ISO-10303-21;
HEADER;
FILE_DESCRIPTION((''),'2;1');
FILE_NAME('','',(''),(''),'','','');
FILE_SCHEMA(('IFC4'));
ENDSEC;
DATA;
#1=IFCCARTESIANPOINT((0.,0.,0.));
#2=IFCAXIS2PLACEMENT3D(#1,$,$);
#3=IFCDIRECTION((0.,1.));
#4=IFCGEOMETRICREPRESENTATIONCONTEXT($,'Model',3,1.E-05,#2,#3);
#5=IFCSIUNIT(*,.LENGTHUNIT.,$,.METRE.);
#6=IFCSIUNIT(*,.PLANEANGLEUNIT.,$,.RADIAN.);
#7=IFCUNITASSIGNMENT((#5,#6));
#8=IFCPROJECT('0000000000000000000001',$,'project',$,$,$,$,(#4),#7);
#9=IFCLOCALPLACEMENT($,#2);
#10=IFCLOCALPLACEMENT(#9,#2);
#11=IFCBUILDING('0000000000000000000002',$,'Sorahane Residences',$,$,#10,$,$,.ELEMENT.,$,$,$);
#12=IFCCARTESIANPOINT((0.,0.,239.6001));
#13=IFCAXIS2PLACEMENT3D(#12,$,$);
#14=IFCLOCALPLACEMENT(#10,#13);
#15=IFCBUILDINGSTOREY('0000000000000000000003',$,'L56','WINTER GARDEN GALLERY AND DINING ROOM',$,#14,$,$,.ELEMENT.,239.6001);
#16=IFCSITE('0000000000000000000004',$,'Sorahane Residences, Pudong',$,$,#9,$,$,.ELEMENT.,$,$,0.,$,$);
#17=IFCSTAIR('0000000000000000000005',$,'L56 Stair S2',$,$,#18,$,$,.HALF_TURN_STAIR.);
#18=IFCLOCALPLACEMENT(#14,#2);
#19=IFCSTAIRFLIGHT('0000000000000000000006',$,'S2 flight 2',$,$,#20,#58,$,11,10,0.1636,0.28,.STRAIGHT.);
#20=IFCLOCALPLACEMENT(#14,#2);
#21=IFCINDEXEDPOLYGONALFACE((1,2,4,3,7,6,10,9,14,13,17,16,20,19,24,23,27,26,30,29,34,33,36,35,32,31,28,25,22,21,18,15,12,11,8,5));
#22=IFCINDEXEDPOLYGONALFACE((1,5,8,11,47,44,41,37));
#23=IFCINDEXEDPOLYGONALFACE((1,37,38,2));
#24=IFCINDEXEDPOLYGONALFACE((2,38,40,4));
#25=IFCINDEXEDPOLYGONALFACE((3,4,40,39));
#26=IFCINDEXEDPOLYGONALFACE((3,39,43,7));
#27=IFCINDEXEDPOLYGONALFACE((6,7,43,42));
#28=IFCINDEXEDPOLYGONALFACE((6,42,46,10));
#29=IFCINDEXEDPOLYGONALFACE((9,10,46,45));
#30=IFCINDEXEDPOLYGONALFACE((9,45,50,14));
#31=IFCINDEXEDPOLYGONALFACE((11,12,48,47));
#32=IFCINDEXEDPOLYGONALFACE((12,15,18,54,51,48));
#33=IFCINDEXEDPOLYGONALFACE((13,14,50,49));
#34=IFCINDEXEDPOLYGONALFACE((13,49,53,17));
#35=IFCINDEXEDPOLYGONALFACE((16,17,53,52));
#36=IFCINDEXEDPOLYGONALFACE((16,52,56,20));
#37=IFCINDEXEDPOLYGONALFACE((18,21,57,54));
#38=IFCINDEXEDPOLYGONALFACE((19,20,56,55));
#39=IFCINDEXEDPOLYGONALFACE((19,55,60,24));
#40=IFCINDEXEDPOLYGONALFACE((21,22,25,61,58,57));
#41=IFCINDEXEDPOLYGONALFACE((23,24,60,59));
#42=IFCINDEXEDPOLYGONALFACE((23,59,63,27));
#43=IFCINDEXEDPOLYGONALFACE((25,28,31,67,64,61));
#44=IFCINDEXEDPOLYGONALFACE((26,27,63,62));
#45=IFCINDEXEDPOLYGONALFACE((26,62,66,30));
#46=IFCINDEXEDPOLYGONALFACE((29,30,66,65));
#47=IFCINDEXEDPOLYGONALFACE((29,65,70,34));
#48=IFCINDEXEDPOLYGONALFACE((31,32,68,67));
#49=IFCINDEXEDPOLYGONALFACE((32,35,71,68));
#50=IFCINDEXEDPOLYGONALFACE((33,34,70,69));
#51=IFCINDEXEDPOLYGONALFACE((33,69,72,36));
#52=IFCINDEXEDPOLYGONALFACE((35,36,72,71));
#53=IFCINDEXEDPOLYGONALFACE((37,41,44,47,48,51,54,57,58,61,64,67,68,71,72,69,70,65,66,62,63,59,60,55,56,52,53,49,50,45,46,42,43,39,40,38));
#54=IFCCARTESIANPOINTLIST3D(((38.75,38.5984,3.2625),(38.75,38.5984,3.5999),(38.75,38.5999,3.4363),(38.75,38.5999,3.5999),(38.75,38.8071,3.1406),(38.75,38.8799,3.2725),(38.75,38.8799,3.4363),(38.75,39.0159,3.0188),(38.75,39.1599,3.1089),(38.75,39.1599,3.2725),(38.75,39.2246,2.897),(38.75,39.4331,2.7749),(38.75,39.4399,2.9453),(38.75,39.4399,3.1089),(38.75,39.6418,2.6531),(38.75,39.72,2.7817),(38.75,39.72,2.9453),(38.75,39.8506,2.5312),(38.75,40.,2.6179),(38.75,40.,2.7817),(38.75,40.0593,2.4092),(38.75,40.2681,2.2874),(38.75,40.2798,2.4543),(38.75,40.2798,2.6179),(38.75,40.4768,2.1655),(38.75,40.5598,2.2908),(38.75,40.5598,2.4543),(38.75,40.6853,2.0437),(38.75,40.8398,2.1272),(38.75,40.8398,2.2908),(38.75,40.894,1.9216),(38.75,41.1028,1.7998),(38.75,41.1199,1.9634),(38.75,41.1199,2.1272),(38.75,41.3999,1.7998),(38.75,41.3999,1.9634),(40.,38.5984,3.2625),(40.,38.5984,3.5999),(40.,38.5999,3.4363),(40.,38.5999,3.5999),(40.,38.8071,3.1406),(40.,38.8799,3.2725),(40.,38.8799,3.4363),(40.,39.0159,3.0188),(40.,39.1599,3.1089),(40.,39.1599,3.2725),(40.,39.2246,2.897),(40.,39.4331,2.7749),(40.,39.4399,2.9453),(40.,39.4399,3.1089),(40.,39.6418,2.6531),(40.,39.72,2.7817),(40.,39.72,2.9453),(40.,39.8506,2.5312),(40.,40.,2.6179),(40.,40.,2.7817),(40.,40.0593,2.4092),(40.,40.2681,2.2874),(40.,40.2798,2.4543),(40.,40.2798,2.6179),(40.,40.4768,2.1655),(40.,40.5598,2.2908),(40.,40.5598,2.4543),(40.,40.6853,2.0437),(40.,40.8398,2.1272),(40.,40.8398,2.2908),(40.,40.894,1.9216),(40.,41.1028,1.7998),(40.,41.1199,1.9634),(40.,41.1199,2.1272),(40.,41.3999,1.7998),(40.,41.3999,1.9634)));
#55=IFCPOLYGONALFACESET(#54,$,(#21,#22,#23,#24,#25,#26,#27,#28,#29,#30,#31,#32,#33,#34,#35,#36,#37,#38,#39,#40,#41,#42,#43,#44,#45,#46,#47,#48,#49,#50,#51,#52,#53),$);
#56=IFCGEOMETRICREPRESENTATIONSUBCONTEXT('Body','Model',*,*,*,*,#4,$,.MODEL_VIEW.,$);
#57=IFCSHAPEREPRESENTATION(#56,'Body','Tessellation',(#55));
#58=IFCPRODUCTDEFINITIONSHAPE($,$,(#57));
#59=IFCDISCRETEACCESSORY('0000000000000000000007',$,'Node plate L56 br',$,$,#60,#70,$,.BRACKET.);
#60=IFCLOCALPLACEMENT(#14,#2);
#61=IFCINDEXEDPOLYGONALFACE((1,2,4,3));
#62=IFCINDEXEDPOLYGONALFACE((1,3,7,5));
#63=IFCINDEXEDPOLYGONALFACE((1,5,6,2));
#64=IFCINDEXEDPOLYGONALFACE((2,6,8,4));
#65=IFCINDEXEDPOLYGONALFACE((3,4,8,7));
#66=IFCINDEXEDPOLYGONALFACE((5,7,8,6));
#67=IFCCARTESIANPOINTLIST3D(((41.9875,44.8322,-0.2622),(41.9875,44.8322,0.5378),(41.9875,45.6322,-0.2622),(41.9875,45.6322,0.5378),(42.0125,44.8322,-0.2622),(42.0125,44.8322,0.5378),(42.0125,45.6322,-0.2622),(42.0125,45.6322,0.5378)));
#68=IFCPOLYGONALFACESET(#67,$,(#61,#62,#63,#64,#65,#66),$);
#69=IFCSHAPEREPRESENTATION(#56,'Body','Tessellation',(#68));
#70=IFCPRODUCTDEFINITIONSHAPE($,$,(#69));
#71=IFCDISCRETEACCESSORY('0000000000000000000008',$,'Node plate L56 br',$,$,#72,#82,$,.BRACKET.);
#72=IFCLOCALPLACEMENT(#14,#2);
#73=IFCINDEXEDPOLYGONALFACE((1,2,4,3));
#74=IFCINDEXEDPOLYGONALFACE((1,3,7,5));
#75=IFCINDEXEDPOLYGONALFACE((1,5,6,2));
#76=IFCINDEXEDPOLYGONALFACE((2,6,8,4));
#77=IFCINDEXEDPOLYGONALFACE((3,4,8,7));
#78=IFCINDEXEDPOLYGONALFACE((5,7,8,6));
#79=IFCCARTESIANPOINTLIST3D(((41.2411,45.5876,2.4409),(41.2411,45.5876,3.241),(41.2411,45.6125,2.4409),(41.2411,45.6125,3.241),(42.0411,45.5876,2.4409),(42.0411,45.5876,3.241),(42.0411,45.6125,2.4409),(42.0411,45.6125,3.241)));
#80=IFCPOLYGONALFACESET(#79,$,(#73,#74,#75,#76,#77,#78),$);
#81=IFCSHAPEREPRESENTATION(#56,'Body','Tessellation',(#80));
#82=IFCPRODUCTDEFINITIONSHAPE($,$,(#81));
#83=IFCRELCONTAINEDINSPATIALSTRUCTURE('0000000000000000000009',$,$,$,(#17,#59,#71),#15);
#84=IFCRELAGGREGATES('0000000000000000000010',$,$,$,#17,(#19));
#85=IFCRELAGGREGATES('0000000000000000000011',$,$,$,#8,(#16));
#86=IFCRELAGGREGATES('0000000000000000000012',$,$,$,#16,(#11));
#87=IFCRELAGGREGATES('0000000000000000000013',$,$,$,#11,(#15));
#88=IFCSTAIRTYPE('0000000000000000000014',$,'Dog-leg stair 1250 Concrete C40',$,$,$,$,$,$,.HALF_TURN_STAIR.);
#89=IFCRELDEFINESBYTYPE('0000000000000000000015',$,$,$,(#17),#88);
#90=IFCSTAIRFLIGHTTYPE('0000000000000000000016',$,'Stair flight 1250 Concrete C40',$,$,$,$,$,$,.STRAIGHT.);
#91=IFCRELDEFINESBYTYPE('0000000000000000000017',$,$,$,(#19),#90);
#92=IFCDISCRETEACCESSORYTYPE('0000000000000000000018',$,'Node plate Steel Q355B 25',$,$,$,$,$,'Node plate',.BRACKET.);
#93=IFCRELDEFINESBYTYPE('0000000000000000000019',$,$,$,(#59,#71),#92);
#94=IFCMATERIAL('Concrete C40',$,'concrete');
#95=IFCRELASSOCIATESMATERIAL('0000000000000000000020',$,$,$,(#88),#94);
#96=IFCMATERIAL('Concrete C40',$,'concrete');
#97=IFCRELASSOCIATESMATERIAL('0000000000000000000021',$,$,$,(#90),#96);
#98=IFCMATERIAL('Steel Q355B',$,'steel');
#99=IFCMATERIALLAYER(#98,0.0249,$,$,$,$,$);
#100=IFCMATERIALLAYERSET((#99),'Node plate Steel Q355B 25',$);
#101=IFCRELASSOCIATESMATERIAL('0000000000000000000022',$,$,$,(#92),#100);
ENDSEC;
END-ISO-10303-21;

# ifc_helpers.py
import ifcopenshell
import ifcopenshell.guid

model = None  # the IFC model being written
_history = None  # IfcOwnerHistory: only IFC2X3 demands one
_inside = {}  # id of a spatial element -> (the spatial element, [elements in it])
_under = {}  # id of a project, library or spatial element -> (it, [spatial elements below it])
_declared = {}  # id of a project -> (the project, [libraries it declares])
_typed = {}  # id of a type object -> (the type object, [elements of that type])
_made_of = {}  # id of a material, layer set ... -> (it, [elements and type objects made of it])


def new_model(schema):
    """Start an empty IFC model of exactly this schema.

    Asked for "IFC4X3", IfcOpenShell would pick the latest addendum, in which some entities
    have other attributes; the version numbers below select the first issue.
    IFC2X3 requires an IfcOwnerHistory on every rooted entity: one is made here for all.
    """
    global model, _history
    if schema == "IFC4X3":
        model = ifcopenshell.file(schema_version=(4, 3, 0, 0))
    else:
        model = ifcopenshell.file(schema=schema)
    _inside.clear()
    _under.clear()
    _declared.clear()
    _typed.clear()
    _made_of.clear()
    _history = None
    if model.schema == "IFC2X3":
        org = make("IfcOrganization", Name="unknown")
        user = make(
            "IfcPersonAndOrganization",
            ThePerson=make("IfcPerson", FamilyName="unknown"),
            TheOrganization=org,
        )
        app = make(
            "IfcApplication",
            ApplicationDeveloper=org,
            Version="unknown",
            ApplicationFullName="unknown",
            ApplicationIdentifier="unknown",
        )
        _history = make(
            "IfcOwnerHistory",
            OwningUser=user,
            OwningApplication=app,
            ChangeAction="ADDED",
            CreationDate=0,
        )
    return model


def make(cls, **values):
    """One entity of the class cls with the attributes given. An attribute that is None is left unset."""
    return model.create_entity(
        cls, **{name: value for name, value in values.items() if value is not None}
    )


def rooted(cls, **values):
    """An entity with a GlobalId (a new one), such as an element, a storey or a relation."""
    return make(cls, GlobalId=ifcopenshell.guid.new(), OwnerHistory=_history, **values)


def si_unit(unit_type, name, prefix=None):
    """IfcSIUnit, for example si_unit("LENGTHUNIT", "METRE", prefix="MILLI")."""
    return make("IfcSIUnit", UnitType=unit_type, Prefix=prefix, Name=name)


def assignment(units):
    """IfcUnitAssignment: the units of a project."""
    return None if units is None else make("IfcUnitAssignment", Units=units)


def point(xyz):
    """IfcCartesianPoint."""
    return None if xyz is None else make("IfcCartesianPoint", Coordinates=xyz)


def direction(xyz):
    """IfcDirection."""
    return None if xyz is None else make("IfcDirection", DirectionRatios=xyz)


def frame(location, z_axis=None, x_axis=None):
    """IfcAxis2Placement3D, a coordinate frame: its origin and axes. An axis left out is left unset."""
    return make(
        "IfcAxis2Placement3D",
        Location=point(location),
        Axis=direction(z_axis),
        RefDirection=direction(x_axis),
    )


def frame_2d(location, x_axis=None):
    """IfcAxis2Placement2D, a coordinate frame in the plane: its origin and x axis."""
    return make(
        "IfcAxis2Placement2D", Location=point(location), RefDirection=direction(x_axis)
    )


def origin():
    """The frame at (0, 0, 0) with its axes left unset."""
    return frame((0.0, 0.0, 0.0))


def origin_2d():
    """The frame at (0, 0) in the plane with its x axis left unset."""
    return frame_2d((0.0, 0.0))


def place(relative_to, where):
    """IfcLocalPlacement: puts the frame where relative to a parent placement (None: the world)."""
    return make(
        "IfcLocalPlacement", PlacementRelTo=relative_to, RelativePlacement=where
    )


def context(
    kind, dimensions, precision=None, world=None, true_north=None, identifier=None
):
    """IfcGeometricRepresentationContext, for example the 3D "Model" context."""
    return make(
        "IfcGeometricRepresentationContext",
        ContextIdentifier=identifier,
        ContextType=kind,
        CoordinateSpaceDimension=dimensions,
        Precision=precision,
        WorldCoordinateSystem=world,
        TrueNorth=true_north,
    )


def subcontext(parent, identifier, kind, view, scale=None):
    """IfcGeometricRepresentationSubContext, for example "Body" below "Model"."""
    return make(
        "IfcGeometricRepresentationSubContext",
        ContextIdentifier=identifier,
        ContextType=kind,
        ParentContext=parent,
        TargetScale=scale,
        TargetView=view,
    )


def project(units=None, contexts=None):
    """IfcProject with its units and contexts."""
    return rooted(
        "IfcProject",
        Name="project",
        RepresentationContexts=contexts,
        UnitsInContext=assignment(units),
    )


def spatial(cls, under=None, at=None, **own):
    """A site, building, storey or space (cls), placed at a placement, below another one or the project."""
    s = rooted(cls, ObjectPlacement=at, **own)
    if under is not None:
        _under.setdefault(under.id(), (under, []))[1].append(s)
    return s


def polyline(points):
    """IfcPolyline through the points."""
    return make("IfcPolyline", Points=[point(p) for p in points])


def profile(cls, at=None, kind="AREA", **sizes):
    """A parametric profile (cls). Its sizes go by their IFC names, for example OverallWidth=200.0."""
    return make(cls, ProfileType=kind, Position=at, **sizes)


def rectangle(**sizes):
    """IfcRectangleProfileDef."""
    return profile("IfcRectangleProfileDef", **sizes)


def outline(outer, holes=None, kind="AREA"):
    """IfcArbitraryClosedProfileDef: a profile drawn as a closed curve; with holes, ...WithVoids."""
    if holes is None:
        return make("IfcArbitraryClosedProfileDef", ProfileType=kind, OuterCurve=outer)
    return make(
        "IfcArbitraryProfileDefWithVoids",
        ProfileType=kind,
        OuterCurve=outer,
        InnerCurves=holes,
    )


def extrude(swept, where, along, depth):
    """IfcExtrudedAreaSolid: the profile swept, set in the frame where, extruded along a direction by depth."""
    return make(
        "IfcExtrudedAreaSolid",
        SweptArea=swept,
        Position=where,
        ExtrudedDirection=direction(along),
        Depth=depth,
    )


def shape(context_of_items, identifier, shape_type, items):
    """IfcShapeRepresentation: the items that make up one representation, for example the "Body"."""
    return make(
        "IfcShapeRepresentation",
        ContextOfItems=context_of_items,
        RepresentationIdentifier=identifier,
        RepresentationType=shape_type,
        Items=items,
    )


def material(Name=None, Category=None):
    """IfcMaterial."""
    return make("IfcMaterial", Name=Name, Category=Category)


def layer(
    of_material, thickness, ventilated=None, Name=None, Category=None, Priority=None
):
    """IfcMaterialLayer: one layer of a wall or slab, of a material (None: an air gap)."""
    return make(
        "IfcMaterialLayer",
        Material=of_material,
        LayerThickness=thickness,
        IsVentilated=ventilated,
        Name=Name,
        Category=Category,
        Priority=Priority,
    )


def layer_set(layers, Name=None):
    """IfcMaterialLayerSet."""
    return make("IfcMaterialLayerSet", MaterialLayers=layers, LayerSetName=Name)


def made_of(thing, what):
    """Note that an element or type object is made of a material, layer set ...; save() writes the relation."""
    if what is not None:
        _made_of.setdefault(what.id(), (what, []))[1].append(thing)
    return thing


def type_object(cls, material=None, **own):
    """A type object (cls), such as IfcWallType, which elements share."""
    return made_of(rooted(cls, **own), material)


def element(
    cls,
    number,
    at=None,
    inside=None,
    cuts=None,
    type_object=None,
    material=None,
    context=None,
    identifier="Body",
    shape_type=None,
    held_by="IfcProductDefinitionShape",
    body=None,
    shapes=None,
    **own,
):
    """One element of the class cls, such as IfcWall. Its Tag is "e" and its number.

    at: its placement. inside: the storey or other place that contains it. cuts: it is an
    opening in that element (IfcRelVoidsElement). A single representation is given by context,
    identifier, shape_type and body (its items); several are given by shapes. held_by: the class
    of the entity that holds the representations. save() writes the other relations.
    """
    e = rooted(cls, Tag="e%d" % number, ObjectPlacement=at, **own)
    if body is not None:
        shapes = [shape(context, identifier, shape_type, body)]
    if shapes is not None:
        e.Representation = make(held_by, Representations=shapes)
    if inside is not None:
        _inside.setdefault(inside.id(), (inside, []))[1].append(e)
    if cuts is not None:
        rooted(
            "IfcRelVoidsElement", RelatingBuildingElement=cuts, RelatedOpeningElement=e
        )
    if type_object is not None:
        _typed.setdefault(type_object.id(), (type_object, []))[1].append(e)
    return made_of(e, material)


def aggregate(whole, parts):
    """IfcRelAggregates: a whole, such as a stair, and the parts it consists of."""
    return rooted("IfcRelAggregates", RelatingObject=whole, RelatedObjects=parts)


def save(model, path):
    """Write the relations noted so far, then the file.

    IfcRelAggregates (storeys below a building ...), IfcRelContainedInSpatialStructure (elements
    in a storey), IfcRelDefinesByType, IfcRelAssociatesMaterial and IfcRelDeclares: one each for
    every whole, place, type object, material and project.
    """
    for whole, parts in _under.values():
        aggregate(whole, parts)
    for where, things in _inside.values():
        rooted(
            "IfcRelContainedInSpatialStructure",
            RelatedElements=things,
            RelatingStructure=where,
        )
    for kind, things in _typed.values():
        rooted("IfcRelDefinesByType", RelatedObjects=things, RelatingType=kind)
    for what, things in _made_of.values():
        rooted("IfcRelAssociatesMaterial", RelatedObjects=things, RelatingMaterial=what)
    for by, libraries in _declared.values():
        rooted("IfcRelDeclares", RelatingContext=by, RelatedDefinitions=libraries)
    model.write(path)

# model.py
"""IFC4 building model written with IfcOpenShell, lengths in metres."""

from ifc_helpers import new_model, si_unit, direction, frame, origin, origin_2d, place, context, subcontext, project, spatial, polyline, rectangle, outline, extrude, material, layer, layer_set, type_object, element, aggregate, save


model = new_model("IFC4")

# Units and contexts
model_context = context("Model", 3, precision=1e-05, world=origin(), true_north=direction((0.0, 1.0)))
body_context = subcontext(model_context, "Body", "Model", "MODEL_VIEW")
ifc_project = project(units=[si_unit("LENGTHUNIT", "METRE"), si_unit("PLANEANGLEUNIT", "RADIAN")], contexts=[model_context])

# Site, building, storey
site_placement = place(None, origin())
site = spatial("IfcSite", under=ifc_project, at=site_placement, Name="Sorahane Residences, Pudong", CompositionType="ELEMENT", RefElevation=0.0)
building_placement = place(site_placement, origin())
building = spatial("IfcBuilding", under=site, at=building_placement, Name="Sorahane Residences", CompositionType="ELEMENT")
storey_placement = place(building_placement, frame((0.0, 0.0, 239.6001)))
storey = spatial("IfcBuildingStorey", under=building, at=storey_placement, Name="L56", Description="WINTER GARDEN GALLERY AND DINING ROOM", CompositionType="ELEMENT", Elevation=239.6001)

# Stair, stair flight
ifc_material_1 = material(Name="Concrete C40", Category="concrete")
stair_type = type_object("IfcStairType", Name="Dog-leg stair 1250 Concrete C40", PredefinedType="HALF_TURN_STAIR", material=ifc_material_1)
stair_placement = place(storey_placement, origin())
stair = element("IfcStair", 1, at=stair_placement, inside=storey, type_object=stair_type, Name="L56 Stair S2", PredefinedType="HALF_TURN_STAIR")
ifc_material_2 = material(Name="Concrete C40", Category="concrete")
stair_flight_type = type_object("IfcStairFlightType", Name="Stair flight 1250 Concrete C40", PredefinedType="STRAIGHT", material=ifc_material_2)
stair_flight_placement = place(storey_placement, frame((39.375, 41.3999, 1.7998), z_axis=(0.0, 0.0, 1.0), x_axis=(0.0, -1.0, 0.0)))
stair_flight = element("IfcStairFlight", 2, at=stair_flight_placement, type_object=stair_flight_type, Name="S2 flight 2", NumberOfRisers=11, NumberOfTreads=10, PredefinedType="STRAIGHT", RiserHeight=0.1636, TreadLength=0.28, context=body_context, shape_type="SweptSolid", body=[
    extrude(outline(polyline([(0.0, 0.0), (0.0, 0.1636), (0.28, 0.1636), (0.28, 0.3274), (0.5601, 0.3274), (0.5601, 0.491), (0.8401, 0.491), (0.8401, 0.6545), (1.1201, 0.6545), (1.1201, 0.8181), (1.3999, 0.8181), (1.3999, 0.9819), (1.6799, 0.9819), (1.6799, 1.1455), (1.96, 1.1455), (1.96, 1.3091), (2.24, 1.3091), (2.24, 1.4727), (2.52, 1.4727), (2.52, 1.6365), (2.8, 1.6365), (2.8, 1.8), (2.8015, 1.8), (2.8015, 1.4626), (2.5928, 1.3408), (2.384, 1.219), (2.1753, 1.0972), (1.9668, 0.9751), (1.7581, 0.8533), (1.5493, 0.7314), (1.3406, 0.6094), (1.1318, 0.4875), (0.9231, 0.3657), (0.7146, 0.2439), (0.5059, 0.1218), (0.2971, 0.0), (0.0, 0.0)])), frame((0.0, 0.625, 0.0), z_axis=(0.0, -1.0, 0.0), x_axis=(1.0, 0.0, 0.0)), (0.0, 0.0, 1.0), 1.25),
])
aggregate(stair, [stair_flight])

# Discrete accessories
ifc_material_3 = material(Name="Steel Q355B", Category="steel")
ifc_layer_1 = layer(ifc_material_3, 0.0249)
ifc_layer_set_1 = layer_set([ifc_layer_1], Name="Node plate Steel Q355B 25")
discrete_accessory_type = type_object("IfcDiscreteAccessoryType", Name="Node plate Steel Q355B 25", ElementType="Node plate", PredefinedType="BRACKET", material=ifc_layer_set_1)
for number, where, z_axis, x_axis, name in (
    (3, (42.0, 45.2322, -0.2622), (0.0, 0.0, 1.0), (0.0, 1.0, 0.0), "Node plate L56 br"),
    (4, (41.6411, 45.6001, 2.4409), (0.0, 0.0, 1.0), (1.0, 0.0, 0.0), "Node plate L56 br"),
):
    element("IfcDiscreteAccessory", number, at=place(storey_placement, frame(where, z_axis=z_axis, x_axis=x_axis)), inside=storey, type_object=discrete_accessory_type, Name=name, PredefinedType="BRACKET", context=body_context, shape_type="SweptSolid", body=[
        extrude(rectangle(XDim=0.8, YDim=0.0249, at=origin_2d()), origin(), (0.0, 0.0, 1.0), 0.8),
    ])

save(model, "model.ifc")
